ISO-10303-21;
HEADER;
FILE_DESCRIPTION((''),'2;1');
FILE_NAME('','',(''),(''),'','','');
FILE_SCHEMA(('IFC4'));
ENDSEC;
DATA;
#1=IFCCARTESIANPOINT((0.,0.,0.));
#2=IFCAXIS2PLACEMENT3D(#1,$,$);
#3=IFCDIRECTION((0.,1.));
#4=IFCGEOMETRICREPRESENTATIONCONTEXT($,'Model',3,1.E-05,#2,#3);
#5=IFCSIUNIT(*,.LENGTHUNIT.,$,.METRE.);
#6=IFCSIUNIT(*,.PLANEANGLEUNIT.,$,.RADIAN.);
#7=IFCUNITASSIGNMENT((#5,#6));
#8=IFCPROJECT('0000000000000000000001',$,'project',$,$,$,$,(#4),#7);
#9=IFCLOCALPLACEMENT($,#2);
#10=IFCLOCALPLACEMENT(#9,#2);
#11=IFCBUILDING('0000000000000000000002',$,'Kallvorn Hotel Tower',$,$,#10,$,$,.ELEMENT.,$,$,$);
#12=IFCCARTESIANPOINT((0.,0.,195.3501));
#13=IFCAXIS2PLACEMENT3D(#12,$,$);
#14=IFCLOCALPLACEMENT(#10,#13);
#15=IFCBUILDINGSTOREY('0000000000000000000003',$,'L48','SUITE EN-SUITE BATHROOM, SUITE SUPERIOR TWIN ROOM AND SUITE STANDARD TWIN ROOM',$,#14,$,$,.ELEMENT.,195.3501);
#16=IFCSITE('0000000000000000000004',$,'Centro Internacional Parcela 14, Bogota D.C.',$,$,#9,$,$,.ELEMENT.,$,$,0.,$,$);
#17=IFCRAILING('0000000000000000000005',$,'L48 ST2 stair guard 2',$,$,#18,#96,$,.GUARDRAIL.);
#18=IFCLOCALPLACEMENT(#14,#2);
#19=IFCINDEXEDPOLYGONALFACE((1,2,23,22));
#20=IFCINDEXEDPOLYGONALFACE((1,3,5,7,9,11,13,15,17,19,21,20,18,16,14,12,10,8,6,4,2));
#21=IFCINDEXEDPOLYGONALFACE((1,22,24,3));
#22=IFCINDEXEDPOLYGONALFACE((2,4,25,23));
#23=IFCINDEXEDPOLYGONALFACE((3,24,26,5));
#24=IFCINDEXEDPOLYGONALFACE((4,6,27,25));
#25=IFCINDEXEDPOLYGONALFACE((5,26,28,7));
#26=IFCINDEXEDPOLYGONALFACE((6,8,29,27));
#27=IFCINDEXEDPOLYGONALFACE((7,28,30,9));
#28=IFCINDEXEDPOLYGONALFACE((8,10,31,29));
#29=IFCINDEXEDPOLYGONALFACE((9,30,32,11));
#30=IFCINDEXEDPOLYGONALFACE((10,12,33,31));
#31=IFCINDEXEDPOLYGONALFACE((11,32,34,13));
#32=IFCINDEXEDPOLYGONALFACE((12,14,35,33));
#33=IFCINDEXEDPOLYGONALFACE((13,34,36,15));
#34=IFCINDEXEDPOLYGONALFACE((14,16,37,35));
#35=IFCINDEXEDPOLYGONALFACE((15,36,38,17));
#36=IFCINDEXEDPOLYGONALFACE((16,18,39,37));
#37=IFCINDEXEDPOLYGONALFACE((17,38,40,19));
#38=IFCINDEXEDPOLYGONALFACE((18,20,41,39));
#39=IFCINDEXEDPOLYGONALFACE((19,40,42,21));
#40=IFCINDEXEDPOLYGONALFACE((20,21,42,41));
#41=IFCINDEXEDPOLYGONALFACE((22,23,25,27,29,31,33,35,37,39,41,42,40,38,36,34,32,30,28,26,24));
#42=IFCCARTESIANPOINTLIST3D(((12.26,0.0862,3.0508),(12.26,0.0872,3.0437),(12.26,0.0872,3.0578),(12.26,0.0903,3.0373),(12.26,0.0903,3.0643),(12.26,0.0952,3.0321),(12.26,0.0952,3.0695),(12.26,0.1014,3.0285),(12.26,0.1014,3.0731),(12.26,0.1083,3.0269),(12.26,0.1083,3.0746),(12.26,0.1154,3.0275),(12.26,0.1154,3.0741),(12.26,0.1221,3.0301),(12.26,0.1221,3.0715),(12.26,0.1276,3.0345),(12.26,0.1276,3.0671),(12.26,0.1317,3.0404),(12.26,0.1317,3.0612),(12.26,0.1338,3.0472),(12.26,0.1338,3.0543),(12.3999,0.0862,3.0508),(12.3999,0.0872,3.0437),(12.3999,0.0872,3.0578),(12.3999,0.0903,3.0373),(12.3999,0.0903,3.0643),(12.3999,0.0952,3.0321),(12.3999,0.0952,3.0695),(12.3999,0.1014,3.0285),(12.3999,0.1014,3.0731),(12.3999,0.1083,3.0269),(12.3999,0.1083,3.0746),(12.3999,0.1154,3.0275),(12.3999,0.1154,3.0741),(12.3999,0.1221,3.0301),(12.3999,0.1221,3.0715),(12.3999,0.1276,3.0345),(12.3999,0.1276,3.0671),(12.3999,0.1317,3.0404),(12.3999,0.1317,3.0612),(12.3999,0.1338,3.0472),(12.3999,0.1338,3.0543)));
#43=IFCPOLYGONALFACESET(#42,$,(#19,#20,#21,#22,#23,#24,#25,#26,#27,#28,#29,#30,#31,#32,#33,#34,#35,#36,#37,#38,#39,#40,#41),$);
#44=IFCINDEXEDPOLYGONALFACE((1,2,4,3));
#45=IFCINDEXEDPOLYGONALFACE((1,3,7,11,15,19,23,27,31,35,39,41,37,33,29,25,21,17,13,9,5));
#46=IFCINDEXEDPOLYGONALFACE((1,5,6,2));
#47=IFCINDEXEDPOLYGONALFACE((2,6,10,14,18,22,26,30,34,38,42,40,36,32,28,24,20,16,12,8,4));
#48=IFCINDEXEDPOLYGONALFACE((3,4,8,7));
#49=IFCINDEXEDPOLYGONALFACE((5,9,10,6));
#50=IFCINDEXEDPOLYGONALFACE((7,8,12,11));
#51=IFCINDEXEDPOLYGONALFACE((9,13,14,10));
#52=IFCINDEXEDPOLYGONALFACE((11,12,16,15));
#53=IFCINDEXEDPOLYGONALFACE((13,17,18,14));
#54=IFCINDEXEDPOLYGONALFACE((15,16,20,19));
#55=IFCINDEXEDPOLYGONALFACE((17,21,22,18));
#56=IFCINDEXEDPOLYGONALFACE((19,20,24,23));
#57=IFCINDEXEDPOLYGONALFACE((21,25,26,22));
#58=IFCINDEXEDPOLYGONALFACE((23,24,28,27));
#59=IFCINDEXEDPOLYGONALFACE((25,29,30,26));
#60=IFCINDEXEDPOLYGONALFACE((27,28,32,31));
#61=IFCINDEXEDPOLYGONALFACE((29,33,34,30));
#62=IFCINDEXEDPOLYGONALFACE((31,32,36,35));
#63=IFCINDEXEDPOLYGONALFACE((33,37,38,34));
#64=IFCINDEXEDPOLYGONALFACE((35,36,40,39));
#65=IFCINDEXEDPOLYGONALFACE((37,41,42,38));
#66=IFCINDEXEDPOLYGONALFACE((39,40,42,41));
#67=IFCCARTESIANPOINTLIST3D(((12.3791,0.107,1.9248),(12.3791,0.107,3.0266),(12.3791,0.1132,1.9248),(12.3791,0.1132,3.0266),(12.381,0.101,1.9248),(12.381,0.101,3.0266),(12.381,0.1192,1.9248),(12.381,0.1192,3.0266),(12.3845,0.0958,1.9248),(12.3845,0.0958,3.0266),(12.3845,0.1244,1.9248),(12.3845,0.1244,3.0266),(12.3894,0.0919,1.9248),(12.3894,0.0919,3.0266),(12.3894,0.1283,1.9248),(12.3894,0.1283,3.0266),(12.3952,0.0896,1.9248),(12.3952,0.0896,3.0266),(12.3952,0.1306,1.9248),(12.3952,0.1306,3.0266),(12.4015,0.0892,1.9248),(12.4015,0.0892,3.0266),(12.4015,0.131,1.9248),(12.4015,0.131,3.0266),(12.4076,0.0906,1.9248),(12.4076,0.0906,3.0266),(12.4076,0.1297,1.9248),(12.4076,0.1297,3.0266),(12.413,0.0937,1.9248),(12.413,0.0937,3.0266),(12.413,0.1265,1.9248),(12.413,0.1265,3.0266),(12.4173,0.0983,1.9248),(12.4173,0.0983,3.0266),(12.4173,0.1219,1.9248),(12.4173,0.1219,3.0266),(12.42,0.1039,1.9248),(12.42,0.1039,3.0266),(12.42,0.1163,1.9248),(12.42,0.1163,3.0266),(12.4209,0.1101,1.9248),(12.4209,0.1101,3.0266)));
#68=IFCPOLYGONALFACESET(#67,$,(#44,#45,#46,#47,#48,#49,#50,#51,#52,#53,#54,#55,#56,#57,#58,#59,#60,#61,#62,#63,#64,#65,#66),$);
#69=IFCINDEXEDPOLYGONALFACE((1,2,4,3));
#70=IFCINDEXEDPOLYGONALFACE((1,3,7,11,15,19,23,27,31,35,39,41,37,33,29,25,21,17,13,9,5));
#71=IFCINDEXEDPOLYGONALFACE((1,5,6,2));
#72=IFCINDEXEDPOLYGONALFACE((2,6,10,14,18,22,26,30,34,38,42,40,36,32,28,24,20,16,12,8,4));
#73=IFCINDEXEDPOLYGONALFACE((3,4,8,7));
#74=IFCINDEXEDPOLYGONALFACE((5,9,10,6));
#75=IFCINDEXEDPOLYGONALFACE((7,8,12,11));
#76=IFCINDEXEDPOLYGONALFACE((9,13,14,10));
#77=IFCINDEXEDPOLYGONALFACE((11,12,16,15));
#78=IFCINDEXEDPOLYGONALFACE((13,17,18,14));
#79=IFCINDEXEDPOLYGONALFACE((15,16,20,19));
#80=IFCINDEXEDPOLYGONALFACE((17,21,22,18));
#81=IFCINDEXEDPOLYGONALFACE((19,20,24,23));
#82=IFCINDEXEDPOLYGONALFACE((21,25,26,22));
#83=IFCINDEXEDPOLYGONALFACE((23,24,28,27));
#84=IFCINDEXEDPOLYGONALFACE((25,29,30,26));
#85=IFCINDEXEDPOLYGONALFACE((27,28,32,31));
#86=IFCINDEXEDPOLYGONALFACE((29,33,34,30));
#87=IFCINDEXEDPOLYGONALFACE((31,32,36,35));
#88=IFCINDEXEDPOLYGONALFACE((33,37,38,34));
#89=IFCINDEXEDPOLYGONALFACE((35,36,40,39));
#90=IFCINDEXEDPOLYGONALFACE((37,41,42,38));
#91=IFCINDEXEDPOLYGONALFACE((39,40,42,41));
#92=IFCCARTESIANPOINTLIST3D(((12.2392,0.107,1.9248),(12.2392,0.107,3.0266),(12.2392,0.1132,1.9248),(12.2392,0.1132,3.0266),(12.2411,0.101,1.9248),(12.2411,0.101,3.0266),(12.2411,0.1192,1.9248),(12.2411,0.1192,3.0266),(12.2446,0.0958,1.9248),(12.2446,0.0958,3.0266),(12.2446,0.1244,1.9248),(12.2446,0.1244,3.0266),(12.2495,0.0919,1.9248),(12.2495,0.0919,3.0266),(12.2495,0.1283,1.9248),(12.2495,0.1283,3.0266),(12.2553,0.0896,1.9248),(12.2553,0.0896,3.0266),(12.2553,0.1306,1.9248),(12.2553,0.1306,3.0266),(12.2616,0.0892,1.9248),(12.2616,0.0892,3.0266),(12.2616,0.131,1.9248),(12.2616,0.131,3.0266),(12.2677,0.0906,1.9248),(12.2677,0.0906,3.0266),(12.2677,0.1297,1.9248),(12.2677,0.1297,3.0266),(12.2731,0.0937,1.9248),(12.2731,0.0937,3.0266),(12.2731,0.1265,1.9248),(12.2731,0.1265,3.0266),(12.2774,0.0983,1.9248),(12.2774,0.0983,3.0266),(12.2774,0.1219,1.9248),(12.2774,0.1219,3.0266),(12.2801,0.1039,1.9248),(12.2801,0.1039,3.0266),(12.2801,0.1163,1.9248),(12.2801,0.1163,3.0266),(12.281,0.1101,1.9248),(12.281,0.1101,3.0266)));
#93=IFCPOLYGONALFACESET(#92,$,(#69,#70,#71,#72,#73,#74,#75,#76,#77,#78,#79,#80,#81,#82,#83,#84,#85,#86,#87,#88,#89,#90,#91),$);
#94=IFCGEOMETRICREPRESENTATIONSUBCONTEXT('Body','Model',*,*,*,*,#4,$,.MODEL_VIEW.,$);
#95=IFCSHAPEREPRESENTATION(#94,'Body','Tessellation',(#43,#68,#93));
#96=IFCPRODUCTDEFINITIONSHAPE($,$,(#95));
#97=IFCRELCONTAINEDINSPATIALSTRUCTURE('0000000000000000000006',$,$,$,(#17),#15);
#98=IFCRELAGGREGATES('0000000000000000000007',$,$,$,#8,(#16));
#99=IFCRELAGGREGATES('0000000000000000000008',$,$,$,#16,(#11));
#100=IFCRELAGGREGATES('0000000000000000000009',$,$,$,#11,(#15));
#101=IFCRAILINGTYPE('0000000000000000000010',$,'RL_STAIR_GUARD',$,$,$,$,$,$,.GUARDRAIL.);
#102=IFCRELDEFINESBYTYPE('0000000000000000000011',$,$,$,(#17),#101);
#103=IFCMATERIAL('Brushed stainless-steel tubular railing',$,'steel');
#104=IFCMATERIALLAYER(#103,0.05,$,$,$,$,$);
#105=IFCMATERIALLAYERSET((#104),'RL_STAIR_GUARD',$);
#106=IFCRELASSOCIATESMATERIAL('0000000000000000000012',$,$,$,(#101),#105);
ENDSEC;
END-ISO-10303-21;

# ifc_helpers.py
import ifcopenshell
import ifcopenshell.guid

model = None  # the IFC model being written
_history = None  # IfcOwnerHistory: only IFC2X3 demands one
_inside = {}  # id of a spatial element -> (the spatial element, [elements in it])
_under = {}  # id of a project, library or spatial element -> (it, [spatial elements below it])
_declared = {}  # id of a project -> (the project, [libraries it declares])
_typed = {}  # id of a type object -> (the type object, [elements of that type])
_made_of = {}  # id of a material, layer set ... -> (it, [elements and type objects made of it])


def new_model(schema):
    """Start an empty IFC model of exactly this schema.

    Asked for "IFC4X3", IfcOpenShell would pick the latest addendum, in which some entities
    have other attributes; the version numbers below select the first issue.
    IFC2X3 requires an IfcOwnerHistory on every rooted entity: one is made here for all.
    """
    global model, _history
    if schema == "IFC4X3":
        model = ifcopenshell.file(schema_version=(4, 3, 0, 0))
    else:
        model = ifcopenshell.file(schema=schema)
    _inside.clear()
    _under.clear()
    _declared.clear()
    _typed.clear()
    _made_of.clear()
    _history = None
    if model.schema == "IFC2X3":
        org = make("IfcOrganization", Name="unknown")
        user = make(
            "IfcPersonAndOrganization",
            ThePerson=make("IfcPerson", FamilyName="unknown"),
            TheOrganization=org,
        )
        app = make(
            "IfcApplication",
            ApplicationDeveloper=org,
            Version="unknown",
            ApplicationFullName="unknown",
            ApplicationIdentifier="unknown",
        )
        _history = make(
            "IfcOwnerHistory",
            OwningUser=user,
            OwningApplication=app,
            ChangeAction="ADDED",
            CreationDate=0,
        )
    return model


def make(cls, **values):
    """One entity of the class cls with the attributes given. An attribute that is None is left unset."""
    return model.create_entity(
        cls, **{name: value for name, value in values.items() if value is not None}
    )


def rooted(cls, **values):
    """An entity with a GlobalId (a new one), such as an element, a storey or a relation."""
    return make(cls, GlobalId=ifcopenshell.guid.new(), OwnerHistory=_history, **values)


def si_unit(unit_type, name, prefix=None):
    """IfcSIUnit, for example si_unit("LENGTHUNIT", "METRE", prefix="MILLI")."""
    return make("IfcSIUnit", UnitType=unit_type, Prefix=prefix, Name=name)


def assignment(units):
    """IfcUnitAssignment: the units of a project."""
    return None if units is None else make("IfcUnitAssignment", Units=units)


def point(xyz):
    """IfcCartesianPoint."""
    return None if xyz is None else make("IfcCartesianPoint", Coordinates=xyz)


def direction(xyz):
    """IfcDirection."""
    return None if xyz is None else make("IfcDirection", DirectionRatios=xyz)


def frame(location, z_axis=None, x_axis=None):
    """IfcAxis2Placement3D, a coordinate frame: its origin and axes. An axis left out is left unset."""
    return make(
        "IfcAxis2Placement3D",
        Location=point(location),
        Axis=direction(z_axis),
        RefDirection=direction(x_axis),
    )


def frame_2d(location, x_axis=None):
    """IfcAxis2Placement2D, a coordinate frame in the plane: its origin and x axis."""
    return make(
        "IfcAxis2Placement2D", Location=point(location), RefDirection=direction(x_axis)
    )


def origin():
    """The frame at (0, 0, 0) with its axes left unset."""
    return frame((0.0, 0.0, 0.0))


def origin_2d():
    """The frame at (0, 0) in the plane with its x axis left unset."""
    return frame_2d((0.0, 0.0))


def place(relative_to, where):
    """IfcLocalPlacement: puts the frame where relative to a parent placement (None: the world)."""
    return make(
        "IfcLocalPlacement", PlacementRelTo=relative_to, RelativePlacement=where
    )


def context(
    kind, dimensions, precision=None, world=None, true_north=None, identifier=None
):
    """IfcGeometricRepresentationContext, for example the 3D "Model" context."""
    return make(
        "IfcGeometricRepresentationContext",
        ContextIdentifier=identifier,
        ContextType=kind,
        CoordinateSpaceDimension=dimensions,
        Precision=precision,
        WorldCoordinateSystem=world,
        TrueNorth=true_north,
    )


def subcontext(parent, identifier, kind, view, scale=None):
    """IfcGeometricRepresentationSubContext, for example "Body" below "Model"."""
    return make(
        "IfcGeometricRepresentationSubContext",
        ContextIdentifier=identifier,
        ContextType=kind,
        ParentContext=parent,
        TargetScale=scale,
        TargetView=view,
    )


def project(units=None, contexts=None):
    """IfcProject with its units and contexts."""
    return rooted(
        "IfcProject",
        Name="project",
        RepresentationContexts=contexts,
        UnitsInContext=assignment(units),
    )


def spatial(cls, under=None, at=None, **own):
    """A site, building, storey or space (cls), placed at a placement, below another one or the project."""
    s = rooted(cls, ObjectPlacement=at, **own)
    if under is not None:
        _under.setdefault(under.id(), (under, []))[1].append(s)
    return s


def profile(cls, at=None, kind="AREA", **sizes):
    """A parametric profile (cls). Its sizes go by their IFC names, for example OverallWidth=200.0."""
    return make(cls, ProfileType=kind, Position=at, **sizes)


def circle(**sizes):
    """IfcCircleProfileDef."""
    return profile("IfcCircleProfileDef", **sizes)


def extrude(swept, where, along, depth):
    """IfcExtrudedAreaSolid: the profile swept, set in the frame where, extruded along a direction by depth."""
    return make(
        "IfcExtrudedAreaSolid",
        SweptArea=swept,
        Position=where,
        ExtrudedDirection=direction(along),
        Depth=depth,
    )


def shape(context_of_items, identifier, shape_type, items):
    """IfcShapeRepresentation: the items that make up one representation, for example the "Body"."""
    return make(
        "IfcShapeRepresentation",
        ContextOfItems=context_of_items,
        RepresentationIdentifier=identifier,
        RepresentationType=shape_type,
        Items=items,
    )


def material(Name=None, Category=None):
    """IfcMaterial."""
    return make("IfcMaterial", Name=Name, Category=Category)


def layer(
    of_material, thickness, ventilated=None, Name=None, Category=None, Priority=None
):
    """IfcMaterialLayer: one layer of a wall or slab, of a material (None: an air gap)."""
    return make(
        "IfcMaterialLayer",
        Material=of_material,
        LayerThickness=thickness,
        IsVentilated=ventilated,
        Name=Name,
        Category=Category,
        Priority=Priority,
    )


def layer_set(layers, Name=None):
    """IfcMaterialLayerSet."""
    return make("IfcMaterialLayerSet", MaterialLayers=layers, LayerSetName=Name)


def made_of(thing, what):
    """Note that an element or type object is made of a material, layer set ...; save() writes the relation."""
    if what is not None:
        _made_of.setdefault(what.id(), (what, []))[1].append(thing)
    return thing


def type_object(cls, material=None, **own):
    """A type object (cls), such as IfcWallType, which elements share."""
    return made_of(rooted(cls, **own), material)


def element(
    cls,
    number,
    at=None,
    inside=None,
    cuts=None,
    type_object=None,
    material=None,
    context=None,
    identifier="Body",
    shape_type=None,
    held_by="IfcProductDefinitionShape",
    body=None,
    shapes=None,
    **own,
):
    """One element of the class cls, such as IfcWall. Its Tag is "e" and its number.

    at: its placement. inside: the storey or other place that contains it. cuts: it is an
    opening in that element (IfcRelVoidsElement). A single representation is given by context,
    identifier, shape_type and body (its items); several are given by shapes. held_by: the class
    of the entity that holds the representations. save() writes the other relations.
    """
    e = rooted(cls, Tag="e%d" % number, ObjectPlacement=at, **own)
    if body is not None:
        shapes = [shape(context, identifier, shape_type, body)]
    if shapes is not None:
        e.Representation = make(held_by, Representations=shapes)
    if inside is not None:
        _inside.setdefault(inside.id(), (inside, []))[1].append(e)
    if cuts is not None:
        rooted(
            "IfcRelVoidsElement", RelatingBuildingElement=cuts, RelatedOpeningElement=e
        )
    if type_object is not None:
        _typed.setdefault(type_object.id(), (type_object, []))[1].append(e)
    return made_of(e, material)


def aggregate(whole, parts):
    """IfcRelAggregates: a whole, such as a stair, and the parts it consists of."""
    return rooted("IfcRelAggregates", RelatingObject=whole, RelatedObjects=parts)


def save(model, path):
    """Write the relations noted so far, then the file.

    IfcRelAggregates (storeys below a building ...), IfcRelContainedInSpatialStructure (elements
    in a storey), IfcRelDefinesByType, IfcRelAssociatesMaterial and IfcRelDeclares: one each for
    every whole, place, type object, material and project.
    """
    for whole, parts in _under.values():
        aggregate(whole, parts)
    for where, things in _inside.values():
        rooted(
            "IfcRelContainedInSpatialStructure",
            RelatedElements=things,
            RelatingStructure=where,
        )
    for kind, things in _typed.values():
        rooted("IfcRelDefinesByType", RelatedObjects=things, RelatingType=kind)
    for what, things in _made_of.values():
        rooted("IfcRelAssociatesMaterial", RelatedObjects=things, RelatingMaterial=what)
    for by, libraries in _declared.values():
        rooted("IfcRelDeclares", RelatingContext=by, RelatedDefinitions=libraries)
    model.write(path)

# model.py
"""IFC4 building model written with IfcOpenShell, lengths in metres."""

from ifc_helpers import new_model, si_unit, direction, frame, origin, origin_2d, place, context, subcontext, project, spatial, circle, extrude, material, layer, layer_set, type_object, element, save


model = new_model("IFC4")

# Units and contexts
model_context = context("Model", 3, precision=1e-05, world=origin(), true_north=direction((0.0, 1.0)))
body_context = subcontext(model_context, "Body", "Model", "MODEL_VIEW")
ifc_project = project(units=[si_unit("LENGTHUNIT", "METRE"), si_unit("PLANEANGLEUNIT", "RADIAN")], contexts=[model_context])

# Site, building, storey
site_placement = place(None, origin())
site = spatial("IfcSite", under=ifc_project, at=site_placement, Name="Centro Internacional Parcela 14, Bogota D.C.", CompositionType="ELEMENT", RefElevation=0.0)
building_placement = place(site_placement, origin())
building = spatial("IfcBuilding", under=site, at=building_placement, Name="Kallvorn Hotel Tower", CompositionType="ELEMENT")
storey_placement = place(building_placement, frame((0.0, 0.0, 195.3501)))
storey = spatial("IfcBuildingStorey", under=building, at=storey_placement, Name="L48", Description="SUITE EN-SUITE BATHROOM, SUITE SUPERIOR TWIN ROOM AND SUITE STANDARD TWIN ROOM", CompositionType="ELEMENT", Elevation=195.3501)

# Railing
ifc_material_1 = material(Name="Brushed stainless-steel tubular railing", Category="steel")
ifc_layer_1 = layer(ifc_material_1, 0.05)
ifc_layer_set_1 = layer_set([ifc_layer_1], Name="RL_STAIR_GUARD")
railing_type_1 = type_object("IfcRailingType", Name="RL_STAIR_GUARD", PredefinedType="GUARDRAIL", material=ifc_layer_set_1)
railing_1_placement = place(storey_placement, frame((12.3999, 0.1101, 1.9248)))
element("IfcRailing", 1, at=railing_1_placement, inside=storey, type_object=railing_type_1, Name="L48 ST2 stair guard 2", PredefinedType="GUARDRAIL", context=body_context, shape_type="SweptSolid", body=[
    extrude(circle(Radius=0.0239, at=origin_2d()), frame((0.0, 0.0, 1.126), z_axis=(-1.0, 0.0, 0.0), x_axis=(0.0, -1.0, 0.0)), (0.0, 0.0, 1.0), 0.1399),
    extrude(circle(Radius=0.021, at=origin_2d()), origin(), (0.0, 0.0, 1.0), 1.1018),
    extrude(circle(Radius=0.021, at=origin_2d()), frame((-0.1399, 0.0, 0.0)), (0.0, 0.0, 1.0), 1.1018),
])

save(model, "model.ifc")
